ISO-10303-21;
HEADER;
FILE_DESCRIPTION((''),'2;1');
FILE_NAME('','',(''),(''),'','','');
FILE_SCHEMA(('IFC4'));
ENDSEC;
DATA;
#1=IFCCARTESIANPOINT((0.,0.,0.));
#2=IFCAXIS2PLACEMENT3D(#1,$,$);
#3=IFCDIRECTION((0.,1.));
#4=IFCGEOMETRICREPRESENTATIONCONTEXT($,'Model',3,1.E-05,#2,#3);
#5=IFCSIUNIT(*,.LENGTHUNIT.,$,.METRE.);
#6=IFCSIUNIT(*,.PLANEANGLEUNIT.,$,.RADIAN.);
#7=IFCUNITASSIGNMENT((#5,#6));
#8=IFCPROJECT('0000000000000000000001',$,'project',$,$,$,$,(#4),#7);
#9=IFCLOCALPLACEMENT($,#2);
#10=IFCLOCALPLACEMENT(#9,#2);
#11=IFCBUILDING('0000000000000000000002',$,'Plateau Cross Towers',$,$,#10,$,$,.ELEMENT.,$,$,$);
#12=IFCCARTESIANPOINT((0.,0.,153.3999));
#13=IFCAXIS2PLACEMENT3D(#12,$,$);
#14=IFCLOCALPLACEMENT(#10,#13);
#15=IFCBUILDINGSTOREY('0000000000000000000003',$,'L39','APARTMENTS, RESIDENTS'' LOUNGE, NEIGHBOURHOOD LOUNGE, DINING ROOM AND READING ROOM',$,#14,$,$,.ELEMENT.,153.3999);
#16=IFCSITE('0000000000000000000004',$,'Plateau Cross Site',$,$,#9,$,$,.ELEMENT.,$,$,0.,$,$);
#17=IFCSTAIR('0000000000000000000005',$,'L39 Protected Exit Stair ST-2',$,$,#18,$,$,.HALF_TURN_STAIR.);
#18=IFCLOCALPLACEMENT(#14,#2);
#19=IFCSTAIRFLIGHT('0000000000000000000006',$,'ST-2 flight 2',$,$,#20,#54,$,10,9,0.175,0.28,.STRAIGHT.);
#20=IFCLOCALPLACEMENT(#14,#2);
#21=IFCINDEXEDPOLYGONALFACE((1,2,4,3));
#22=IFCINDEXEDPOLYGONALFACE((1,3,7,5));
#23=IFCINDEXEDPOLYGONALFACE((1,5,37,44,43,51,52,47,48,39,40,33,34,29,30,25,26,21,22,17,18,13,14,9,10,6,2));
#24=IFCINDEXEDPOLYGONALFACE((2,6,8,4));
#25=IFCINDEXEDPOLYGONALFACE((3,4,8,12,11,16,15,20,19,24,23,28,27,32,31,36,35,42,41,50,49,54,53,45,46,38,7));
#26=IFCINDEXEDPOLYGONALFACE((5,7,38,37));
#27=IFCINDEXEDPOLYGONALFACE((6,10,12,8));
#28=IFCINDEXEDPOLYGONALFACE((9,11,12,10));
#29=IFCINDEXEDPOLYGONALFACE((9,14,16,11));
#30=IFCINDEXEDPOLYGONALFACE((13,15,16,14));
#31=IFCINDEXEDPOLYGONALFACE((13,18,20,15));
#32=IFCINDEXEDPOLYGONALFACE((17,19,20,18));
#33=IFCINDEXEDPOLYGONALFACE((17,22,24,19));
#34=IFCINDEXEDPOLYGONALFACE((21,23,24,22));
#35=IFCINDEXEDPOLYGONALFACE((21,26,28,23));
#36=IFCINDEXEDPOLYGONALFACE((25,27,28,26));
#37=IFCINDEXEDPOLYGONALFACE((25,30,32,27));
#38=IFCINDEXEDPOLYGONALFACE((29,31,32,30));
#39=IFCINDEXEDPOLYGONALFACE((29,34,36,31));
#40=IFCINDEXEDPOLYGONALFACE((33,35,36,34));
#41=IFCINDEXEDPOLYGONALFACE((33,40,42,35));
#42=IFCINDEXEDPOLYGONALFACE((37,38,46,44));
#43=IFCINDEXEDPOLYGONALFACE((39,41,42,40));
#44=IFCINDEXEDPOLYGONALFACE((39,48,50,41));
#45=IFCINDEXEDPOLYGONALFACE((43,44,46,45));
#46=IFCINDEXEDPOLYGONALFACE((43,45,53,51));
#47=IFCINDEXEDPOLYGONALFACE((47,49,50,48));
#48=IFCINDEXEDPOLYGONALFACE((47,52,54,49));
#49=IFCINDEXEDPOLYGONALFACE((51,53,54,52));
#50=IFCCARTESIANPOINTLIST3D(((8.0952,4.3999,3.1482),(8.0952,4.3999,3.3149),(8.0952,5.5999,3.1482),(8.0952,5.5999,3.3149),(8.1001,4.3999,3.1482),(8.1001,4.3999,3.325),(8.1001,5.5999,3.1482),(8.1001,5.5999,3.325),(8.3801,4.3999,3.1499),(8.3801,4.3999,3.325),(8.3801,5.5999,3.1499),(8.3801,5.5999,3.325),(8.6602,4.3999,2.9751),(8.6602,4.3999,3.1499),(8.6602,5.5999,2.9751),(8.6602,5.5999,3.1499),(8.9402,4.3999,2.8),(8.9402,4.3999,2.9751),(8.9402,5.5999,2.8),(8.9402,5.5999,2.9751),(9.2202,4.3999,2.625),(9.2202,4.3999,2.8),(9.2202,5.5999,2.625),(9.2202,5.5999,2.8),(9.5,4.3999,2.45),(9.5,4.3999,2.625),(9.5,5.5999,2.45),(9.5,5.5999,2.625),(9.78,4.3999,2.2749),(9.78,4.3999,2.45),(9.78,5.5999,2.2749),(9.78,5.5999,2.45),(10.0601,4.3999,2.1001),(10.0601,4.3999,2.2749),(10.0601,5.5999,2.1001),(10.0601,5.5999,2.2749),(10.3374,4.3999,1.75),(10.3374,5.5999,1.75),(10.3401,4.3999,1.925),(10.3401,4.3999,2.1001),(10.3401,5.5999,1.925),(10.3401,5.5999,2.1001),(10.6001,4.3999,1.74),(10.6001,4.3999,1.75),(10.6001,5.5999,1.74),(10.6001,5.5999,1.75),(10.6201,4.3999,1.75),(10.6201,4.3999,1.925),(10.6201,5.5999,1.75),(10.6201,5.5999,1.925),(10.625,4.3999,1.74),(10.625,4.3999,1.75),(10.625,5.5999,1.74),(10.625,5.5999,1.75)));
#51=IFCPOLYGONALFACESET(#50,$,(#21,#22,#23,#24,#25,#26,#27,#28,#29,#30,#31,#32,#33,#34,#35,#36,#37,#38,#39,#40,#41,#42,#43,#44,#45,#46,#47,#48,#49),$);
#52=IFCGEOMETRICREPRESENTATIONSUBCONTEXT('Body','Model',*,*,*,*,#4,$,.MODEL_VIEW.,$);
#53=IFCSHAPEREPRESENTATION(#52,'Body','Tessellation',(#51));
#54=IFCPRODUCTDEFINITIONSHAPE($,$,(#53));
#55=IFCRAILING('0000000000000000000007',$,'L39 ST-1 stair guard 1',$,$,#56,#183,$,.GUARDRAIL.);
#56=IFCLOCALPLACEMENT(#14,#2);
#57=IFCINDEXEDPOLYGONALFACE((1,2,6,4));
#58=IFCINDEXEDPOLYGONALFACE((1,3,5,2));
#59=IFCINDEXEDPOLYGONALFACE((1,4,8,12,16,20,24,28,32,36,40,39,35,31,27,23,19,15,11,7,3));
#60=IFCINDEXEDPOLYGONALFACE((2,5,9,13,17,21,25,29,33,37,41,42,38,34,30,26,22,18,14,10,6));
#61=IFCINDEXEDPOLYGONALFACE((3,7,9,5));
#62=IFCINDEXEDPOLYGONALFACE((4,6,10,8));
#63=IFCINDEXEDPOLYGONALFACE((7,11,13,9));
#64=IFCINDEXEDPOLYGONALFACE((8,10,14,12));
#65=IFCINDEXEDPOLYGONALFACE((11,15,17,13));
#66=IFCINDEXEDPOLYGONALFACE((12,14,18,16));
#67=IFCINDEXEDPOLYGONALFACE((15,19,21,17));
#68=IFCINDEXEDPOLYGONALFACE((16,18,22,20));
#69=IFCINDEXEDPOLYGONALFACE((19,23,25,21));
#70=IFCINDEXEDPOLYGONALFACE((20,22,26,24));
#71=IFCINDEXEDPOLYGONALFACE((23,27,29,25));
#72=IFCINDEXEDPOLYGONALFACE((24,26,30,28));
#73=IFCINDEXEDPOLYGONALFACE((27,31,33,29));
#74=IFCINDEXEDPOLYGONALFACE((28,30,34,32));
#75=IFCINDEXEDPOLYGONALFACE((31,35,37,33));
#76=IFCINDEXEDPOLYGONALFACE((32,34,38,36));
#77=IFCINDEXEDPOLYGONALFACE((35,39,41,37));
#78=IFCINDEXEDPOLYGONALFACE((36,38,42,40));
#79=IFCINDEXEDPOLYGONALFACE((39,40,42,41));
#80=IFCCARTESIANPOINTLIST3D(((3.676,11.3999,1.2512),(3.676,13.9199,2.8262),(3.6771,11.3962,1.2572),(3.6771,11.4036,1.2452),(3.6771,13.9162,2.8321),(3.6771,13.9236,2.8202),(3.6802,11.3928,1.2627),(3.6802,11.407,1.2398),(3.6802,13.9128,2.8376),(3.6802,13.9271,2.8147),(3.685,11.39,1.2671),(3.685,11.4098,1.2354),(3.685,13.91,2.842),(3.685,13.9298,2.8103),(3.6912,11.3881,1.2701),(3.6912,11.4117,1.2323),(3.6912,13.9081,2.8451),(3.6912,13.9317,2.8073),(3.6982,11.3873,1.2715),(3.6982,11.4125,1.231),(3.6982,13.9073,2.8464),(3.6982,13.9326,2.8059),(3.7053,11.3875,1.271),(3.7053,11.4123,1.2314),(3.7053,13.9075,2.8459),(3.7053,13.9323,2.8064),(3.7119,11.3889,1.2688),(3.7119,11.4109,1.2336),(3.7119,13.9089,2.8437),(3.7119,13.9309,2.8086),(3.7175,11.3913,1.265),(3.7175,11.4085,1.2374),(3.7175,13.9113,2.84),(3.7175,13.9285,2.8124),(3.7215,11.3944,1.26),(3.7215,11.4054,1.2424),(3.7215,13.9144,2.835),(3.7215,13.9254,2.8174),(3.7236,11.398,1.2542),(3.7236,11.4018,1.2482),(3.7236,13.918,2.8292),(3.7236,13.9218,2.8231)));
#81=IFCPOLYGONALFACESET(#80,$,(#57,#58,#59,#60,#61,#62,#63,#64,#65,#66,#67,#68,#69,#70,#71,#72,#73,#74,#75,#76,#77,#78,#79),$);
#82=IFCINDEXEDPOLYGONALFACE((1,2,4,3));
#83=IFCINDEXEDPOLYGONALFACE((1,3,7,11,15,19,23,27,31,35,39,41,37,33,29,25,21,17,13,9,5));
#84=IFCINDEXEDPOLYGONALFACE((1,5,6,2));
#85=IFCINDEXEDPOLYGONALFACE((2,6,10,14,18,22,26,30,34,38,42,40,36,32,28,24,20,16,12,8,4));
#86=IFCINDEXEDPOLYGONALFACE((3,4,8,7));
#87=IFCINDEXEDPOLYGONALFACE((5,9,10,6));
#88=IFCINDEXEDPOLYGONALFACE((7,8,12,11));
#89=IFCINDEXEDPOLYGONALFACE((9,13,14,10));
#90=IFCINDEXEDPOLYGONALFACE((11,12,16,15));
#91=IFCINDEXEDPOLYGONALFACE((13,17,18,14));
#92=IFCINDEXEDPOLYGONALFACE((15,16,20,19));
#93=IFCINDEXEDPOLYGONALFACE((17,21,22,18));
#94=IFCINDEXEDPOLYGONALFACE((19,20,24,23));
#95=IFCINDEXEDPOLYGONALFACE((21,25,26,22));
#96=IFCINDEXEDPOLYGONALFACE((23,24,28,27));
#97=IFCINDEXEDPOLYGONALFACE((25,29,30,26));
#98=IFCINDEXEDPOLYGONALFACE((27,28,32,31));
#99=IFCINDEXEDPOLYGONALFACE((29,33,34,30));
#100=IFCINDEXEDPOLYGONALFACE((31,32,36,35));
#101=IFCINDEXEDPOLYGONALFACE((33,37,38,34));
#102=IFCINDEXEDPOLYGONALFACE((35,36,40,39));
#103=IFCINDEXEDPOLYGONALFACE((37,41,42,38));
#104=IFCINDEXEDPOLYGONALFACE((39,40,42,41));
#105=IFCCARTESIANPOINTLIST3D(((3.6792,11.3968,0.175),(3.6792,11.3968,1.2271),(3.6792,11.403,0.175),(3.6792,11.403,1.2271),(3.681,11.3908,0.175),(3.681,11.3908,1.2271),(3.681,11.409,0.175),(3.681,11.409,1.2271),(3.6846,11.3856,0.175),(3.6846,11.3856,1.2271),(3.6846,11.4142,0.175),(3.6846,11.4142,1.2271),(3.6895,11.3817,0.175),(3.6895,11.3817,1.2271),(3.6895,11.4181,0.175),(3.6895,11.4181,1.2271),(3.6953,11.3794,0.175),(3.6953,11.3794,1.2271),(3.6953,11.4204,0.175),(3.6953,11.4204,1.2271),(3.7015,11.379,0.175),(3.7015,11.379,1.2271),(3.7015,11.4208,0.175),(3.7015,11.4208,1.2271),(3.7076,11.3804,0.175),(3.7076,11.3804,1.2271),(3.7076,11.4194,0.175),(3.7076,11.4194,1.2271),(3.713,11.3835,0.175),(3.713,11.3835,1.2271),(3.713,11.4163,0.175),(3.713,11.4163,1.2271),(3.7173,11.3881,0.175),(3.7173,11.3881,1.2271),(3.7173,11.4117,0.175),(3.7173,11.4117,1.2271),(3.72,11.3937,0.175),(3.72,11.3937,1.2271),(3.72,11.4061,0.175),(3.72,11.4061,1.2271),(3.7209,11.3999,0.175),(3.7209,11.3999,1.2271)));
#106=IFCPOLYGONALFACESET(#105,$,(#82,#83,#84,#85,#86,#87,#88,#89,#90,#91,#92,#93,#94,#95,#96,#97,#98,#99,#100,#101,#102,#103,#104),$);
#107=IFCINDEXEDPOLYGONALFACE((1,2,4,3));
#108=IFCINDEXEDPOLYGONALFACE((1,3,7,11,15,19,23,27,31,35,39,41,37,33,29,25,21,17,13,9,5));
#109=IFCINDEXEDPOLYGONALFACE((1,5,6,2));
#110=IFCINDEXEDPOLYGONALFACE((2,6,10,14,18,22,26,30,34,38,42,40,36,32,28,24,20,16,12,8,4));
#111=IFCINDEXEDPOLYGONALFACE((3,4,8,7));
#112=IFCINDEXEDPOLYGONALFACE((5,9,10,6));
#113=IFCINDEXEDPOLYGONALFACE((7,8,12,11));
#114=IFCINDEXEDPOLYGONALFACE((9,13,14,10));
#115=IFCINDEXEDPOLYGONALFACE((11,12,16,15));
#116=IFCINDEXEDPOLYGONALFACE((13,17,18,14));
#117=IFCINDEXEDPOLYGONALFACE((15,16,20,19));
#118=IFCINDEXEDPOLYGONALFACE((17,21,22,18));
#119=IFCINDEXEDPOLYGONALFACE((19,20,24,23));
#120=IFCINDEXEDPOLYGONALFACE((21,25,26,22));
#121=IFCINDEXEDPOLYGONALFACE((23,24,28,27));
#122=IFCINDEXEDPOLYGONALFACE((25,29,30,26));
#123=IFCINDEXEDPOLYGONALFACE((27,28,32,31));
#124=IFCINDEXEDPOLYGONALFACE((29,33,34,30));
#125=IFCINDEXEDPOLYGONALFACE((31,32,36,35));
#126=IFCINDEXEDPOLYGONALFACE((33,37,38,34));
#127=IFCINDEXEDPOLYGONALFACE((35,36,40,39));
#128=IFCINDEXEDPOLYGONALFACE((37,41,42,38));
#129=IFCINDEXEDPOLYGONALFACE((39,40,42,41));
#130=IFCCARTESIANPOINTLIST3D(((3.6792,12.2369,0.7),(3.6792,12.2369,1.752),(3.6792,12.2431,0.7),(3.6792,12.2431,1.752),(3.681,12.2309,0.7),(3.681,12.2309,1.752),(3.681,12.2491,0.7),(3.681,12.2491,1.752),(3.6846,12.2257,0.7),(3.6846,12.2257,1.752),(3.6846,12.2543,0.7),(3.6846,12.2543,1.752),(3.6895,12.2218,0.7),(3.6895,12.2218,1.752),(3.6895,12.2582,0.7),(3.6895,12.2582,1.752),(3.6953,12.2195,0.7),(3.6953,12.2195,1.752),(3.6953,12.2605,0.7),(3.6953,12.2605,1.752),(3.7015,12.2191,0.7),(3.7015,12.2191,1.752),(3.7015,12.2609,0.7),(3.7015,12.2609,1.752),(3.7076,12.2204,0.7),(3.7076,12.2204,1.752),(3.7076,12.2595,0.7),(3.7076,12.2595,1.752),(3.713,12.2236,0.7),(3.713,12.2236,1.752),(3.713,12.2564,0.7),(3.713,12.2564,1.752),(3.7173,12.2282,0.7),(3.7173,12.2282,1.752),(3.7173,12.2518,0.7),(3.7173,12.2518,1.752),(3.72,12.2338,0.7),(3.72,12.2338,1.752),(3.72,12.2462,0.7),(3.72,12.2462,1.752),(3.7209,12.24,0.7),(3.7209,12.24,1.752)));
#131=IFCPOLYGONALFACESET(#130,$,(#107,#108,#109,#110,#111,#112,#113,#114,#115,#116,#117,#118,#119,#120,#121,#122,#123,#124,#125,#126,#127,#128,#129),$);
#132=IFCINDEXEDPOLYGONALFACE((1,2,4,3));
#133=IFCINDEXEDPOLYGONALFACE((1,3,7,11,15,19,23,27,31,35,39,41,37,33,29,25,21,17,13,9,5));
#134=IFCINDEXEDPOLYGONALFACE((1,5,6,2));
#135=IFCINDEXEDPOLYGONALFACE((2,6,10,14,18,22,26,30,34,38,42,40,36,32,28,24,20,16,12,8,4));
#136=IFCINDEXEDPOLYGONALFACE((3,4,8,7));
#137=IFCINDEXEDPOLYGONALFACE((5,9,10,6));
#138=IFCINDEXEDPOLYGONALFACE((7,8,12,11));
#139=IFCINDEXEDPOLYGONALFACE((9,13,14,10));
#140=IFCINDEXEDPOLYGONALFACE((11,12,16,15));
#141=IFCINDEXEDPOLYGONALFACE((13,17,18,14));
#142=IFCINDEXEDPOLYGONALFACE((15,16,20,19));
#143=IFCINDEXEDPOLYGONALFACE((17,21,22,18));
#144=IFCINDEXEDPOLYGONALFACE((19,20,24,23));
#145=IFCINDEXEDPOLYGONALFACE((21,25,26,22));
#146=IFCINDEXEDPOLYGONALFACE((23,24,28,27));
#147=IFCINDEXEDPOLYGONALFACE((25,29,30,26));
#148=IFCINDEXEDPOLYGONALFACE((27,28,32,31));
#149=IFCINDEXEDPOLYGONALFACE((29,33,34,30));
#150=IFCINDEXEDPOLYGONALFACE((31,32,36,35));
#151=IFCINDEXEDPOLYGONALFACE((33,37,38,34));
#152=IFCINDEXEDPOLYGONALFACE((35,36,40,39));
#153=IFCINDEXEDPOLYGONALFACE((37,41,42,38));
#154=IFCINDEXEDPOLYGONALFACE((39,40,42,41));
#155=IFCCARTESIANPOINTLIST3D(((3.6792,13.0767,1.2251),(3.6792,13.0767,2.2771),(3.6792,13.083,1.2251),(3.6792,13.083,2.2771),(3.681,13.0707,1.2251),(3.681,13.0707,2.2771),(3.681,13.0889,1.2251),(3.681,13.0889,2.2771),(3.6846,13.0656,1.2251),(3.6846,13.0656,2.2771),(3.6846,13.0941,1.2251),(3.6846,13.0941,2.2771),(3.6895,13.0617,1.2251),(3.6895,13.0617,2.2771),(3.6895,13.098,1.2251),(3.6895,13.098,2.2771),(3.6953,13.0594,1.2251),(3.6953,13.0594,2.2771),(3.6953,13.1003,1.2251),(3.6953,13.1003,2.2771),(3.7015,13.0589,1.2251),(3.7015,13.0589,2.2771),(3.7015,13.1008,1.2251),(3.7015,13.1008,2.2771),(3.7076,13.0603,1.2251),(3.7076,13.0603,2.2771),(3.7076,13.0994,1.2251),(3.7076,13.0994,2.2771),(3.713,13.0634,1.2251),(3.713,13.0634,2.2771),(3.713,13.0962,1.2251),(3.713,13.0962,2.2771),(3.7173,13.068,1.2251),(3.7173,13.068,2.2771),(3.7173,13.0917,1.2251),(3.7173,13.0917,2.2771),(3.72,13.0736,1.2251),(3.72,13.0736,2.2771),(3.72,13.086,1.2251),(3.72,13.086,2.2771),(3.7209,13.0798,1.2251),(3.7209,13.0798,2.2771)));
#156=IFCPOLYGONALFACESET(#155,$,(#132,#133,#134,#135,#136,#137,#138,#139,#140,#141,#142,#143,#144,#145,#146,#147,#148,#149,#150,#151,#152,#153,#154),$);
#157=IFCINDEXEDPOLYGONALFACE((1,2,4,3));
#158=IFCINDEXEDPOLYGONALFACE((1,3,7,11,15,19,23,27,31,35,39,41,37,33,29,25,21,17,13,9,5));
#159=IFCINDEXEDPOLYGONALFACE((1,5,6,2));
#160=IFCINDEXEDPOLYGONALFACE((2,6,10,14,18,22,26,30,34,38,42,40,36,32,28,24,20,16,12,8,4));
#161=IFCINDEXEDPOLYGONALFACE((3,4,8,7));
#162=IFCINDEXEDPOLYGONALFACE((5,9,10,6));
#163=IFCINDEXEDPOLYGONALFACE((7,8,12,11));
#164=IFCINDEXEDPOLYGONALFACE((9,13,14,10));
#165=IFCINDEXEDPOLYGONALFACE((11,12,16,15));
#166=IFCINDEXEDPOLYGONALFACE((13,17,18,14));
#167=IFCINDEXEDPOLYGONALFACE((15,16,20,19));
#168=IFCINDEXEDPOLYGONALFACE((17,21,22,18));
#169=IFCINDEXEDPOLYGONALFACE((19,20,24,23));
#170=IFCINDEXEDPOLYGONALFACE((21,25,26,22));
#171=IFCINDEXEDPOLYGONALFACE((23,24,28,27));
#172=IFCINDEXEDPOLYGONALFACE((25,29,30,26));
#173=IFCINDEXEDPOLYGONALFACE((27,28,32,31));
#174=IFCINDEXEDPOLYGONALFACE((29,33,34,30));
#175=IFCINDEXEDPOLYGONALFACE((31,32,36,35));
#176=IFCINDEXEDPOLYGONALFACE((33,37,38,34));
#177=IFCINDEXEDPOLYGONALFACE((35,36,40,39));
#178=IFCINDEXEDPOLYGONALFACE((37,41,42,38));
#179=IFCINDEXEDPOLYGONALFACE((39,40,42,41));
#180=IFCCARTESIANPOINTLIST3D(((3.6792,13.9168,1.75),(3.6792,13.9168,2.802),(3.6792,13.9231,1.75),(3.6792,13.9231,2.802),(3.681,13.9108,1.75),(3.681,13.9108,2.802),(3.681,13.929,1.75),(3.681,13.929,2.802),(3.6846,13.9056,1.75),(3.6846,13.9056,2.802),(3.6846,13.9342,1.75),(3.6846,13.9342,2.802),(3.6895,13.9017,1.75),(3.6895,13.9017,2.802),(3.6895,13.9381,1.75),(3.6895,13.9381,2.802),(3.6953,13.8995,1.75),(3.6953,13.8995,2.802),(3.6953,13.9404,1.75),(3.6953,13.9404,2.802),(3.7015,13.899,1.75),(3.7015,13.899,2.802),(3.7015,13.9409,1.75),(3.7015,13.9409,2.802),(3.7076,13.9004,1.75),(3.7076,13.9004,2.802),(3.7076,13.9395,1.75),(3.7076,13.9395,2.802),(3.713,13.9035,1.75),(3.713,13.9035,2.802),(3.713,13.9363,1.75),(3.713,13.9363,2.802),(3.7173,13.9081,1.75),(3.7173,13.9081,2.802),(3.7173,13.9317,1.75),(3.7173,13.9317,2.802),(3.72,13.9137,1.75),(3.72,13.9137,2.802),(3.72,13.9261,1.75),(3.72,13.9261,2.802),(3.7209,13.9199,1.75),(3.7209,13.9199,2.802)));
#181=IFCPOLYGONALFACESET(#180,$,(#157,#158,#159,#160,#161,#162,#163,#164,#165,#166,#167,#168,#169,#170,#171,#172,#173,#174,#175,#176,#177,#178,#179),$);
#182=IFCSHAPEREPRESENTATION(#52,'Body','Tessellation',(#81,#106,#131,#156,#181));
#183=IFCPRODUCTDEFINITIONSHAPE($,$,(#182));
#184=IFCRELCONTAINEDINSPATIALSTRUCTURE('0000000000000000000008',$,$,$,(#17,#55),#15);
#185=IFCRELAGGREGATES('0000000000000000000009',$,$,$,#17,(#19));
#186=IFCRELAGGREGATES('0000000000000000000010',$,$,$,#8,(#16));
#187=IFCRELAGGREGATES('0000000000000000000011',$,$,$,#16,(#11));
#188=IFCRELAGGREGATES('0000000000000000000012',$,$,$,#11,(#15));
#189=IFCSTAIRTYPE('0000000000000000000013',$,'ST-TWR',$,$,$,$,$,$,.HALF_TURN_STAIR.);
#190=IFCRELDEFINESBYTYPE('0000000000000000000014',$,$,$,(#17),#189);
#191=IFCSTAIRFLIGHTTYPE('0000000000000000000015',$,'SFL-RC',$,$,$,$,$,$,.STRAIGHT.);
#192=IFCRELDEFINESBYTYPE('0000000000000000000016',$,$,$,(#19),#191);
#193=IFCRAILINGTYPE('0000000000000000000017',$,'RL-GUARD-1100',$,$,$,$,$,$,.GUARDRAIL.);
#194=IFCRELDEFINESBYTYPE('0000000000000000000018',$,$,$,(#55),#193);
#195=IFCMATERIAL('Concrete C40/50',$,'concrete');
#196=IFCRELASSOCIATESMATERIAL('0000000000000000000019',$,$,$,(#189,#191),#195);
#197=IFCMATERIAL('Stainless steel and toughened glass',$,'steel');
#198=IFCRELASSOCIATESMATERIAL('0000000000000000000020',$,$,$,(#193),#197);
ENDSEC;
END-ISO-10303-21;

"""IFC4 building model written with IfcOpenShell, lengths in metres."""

from ifc_helpers import new_model, si_unit, direction, frame, origin, origin_2d, place, context, subcontext, project, spatial, polyline, circle, outline, extrude, material, type_object, element, aggregate, save


model = new_model("IFC4")

# Units and contexts
model_context = context("Model", 3, precision=1e-05, world=origin(), true_north=direction((0.0, 1.0)))
body_context = subcontext(model_context, "Body", "Model", "MODEL_VIEW")
ifc_project = project(units=[si_unit("LENGTHUNIT", "METRE"), si_unit("PLANEANGLEUNIT", "RADIAN")], contexts=[model_context])

# Site, building, storey
site_placement = place(None, origin())
site = spatial("IfcSite", under=ifc_project, at=site_placement, Name="Plateau Cross Site", CompositionType="ELEMENT", RefElevation=0.0)
building_placement = place(site_placement, origin())
building = spatial("IfcBuilding", under=site, at=building_placement, Name="Plateau Cross Towers", CompositionType="ELEMENT")
storey_placement = place(building_placement, frame((0.0, 0.0, 153.3999)))
storey = spatial("IfcBuildingStorey", under=building, at=storey_placement, Name="L39", Description="APARTMENTS, RESIDENTS' LOUNGE, NEIGHBOURHOOD LOUNGE, DINING ROOM AND READING ROOM", CompositionType="ELEMENT", Elevation=153.3999)

# Stair, stair flight
ifc_material_1 = material(Name="Concrete C40/50", Category="concrete")
stair_type = type_object("IfcStairType", Name="ST-TWR", PredefinedType="HALF_TURN_STAIR", material=ifc_material_1)
stair_flight_type = type_object("IfcStairFlightType", Name="SFL-RC", PredefinedType="STRAIGHT", material=ifc_material_1)
stair_1_placement = place(storey_placement, origin())
stair_1 = element("IfcStair", 1, at=stair_1_placement, inside=storey, type_object=stair_type, Name="L39 Protected Exit Stair ST-2", PredefinedType="HALF_TURN_STAIR")
stair_flight_1_placement = place(storey_placement, frame((10.6201, 5.0, 1.75), z_axis=(0.0, 0.0, 1.0), x_axis=(-1.0, 0.0, 0.0)))
stair_flight_1 = element("IfcStairFlight", 2, at=stair_flight_1_placement, type_object=stair_flight_type, Name="ST-2 flight 2", NumberOfRisers=10, NumberOfTreads=9, PredefinedType="STRAIGHT", RiserHeight=0.175, TreadLength=0.28, context=body_context, shape_type="SweptSolid", body=[
    extrude(outline(polyline([(-0.0049, -0.01), (-0.0049, 0.0), (0.0, 0.0), (0.0, 0.175), (0.28, 0.175), (0.28, 0.3501), (0.5601, 0.3501), (0.5601, 0.5249), (0.8401, 0.5249), (0.8401, 0.7), (1.1201, 0.7), (1.1201, 0.875), (1.3999, 0.875), (1.3999, 1.05), (1.6799, 1.05), (1.6799, 1.2251), (1.96, 1.2251), (1.96, 1.3999), (2.24, 1.3999), (2.24, 1.575), (2.52, 1.575), (2.5249, 1.5649), (2.5249, 1.3982), (2.52, 1.3982), (0.2827, 0.0), (0.02, 0.0), (0.02, -0.01), (-0.0049, -0.01)])), frame((0.0, 0.6001, 0.0), z_axis=(0.0, -1.0, 0.0), x_axis=(1.0, 0.0, 0.0)), (0.0, 0.0, 1.0), 1.2),
])
aggregate(stair_1, [stair_flight_1])

# Railing
ifc_material_2 = material(Name="Stainless steel and toughened glass", Category="steel")
railing_type_1 = type_object("IfcRailingType", Name="RL-GUARD-1100", PredefinedType="GUARDRAIL", material=ifc_material_2)
railing_1_placement = place(storey_placement, frame((3.7, 11.3999, 0.175)))
element("IfcRailing", 3, at=railing_1_placement, inside=storey, type_object=railing_type_1, Name="L39 ST-1 stair guard 1", PredefinedType="GUARDRAIL", context=body_context, shape_type="SweptSolid", body=[
    extrude(circle(Radius=0.0239, at=origin_2d()), frame((0.0, 0.0, 1.0762), z_axis=(0.0, 0.848008, 0.529984), x_axis=(-1.0, 0.0, 0.0)), (0.0, 0.0, 1.0), 2.9717),
    extrude(circle(Radius=0.021, at=origin_2d()), origin(), (0.0, 0.0, 1.0), 1.052),
    extrude(circle(Radius=0.021, at=origin_2d()), frame((0.0, 0.8401, 0.5249)), (0.0, 0.0, 1.0), 1.052),
    extrude(circle(Radius=0.021, at=origin_2d()), frame((0.0, 1.6799, 1.05)), (0.0, 0.0, 1.0), 1.052),
    extrude(circle(Radius=0.021, at=origin_2d()), frame((0.0, 2.52, 1.575)), (0.0, 0.0, 1.0), 1.052),
])

save(model, "model.ifc")
